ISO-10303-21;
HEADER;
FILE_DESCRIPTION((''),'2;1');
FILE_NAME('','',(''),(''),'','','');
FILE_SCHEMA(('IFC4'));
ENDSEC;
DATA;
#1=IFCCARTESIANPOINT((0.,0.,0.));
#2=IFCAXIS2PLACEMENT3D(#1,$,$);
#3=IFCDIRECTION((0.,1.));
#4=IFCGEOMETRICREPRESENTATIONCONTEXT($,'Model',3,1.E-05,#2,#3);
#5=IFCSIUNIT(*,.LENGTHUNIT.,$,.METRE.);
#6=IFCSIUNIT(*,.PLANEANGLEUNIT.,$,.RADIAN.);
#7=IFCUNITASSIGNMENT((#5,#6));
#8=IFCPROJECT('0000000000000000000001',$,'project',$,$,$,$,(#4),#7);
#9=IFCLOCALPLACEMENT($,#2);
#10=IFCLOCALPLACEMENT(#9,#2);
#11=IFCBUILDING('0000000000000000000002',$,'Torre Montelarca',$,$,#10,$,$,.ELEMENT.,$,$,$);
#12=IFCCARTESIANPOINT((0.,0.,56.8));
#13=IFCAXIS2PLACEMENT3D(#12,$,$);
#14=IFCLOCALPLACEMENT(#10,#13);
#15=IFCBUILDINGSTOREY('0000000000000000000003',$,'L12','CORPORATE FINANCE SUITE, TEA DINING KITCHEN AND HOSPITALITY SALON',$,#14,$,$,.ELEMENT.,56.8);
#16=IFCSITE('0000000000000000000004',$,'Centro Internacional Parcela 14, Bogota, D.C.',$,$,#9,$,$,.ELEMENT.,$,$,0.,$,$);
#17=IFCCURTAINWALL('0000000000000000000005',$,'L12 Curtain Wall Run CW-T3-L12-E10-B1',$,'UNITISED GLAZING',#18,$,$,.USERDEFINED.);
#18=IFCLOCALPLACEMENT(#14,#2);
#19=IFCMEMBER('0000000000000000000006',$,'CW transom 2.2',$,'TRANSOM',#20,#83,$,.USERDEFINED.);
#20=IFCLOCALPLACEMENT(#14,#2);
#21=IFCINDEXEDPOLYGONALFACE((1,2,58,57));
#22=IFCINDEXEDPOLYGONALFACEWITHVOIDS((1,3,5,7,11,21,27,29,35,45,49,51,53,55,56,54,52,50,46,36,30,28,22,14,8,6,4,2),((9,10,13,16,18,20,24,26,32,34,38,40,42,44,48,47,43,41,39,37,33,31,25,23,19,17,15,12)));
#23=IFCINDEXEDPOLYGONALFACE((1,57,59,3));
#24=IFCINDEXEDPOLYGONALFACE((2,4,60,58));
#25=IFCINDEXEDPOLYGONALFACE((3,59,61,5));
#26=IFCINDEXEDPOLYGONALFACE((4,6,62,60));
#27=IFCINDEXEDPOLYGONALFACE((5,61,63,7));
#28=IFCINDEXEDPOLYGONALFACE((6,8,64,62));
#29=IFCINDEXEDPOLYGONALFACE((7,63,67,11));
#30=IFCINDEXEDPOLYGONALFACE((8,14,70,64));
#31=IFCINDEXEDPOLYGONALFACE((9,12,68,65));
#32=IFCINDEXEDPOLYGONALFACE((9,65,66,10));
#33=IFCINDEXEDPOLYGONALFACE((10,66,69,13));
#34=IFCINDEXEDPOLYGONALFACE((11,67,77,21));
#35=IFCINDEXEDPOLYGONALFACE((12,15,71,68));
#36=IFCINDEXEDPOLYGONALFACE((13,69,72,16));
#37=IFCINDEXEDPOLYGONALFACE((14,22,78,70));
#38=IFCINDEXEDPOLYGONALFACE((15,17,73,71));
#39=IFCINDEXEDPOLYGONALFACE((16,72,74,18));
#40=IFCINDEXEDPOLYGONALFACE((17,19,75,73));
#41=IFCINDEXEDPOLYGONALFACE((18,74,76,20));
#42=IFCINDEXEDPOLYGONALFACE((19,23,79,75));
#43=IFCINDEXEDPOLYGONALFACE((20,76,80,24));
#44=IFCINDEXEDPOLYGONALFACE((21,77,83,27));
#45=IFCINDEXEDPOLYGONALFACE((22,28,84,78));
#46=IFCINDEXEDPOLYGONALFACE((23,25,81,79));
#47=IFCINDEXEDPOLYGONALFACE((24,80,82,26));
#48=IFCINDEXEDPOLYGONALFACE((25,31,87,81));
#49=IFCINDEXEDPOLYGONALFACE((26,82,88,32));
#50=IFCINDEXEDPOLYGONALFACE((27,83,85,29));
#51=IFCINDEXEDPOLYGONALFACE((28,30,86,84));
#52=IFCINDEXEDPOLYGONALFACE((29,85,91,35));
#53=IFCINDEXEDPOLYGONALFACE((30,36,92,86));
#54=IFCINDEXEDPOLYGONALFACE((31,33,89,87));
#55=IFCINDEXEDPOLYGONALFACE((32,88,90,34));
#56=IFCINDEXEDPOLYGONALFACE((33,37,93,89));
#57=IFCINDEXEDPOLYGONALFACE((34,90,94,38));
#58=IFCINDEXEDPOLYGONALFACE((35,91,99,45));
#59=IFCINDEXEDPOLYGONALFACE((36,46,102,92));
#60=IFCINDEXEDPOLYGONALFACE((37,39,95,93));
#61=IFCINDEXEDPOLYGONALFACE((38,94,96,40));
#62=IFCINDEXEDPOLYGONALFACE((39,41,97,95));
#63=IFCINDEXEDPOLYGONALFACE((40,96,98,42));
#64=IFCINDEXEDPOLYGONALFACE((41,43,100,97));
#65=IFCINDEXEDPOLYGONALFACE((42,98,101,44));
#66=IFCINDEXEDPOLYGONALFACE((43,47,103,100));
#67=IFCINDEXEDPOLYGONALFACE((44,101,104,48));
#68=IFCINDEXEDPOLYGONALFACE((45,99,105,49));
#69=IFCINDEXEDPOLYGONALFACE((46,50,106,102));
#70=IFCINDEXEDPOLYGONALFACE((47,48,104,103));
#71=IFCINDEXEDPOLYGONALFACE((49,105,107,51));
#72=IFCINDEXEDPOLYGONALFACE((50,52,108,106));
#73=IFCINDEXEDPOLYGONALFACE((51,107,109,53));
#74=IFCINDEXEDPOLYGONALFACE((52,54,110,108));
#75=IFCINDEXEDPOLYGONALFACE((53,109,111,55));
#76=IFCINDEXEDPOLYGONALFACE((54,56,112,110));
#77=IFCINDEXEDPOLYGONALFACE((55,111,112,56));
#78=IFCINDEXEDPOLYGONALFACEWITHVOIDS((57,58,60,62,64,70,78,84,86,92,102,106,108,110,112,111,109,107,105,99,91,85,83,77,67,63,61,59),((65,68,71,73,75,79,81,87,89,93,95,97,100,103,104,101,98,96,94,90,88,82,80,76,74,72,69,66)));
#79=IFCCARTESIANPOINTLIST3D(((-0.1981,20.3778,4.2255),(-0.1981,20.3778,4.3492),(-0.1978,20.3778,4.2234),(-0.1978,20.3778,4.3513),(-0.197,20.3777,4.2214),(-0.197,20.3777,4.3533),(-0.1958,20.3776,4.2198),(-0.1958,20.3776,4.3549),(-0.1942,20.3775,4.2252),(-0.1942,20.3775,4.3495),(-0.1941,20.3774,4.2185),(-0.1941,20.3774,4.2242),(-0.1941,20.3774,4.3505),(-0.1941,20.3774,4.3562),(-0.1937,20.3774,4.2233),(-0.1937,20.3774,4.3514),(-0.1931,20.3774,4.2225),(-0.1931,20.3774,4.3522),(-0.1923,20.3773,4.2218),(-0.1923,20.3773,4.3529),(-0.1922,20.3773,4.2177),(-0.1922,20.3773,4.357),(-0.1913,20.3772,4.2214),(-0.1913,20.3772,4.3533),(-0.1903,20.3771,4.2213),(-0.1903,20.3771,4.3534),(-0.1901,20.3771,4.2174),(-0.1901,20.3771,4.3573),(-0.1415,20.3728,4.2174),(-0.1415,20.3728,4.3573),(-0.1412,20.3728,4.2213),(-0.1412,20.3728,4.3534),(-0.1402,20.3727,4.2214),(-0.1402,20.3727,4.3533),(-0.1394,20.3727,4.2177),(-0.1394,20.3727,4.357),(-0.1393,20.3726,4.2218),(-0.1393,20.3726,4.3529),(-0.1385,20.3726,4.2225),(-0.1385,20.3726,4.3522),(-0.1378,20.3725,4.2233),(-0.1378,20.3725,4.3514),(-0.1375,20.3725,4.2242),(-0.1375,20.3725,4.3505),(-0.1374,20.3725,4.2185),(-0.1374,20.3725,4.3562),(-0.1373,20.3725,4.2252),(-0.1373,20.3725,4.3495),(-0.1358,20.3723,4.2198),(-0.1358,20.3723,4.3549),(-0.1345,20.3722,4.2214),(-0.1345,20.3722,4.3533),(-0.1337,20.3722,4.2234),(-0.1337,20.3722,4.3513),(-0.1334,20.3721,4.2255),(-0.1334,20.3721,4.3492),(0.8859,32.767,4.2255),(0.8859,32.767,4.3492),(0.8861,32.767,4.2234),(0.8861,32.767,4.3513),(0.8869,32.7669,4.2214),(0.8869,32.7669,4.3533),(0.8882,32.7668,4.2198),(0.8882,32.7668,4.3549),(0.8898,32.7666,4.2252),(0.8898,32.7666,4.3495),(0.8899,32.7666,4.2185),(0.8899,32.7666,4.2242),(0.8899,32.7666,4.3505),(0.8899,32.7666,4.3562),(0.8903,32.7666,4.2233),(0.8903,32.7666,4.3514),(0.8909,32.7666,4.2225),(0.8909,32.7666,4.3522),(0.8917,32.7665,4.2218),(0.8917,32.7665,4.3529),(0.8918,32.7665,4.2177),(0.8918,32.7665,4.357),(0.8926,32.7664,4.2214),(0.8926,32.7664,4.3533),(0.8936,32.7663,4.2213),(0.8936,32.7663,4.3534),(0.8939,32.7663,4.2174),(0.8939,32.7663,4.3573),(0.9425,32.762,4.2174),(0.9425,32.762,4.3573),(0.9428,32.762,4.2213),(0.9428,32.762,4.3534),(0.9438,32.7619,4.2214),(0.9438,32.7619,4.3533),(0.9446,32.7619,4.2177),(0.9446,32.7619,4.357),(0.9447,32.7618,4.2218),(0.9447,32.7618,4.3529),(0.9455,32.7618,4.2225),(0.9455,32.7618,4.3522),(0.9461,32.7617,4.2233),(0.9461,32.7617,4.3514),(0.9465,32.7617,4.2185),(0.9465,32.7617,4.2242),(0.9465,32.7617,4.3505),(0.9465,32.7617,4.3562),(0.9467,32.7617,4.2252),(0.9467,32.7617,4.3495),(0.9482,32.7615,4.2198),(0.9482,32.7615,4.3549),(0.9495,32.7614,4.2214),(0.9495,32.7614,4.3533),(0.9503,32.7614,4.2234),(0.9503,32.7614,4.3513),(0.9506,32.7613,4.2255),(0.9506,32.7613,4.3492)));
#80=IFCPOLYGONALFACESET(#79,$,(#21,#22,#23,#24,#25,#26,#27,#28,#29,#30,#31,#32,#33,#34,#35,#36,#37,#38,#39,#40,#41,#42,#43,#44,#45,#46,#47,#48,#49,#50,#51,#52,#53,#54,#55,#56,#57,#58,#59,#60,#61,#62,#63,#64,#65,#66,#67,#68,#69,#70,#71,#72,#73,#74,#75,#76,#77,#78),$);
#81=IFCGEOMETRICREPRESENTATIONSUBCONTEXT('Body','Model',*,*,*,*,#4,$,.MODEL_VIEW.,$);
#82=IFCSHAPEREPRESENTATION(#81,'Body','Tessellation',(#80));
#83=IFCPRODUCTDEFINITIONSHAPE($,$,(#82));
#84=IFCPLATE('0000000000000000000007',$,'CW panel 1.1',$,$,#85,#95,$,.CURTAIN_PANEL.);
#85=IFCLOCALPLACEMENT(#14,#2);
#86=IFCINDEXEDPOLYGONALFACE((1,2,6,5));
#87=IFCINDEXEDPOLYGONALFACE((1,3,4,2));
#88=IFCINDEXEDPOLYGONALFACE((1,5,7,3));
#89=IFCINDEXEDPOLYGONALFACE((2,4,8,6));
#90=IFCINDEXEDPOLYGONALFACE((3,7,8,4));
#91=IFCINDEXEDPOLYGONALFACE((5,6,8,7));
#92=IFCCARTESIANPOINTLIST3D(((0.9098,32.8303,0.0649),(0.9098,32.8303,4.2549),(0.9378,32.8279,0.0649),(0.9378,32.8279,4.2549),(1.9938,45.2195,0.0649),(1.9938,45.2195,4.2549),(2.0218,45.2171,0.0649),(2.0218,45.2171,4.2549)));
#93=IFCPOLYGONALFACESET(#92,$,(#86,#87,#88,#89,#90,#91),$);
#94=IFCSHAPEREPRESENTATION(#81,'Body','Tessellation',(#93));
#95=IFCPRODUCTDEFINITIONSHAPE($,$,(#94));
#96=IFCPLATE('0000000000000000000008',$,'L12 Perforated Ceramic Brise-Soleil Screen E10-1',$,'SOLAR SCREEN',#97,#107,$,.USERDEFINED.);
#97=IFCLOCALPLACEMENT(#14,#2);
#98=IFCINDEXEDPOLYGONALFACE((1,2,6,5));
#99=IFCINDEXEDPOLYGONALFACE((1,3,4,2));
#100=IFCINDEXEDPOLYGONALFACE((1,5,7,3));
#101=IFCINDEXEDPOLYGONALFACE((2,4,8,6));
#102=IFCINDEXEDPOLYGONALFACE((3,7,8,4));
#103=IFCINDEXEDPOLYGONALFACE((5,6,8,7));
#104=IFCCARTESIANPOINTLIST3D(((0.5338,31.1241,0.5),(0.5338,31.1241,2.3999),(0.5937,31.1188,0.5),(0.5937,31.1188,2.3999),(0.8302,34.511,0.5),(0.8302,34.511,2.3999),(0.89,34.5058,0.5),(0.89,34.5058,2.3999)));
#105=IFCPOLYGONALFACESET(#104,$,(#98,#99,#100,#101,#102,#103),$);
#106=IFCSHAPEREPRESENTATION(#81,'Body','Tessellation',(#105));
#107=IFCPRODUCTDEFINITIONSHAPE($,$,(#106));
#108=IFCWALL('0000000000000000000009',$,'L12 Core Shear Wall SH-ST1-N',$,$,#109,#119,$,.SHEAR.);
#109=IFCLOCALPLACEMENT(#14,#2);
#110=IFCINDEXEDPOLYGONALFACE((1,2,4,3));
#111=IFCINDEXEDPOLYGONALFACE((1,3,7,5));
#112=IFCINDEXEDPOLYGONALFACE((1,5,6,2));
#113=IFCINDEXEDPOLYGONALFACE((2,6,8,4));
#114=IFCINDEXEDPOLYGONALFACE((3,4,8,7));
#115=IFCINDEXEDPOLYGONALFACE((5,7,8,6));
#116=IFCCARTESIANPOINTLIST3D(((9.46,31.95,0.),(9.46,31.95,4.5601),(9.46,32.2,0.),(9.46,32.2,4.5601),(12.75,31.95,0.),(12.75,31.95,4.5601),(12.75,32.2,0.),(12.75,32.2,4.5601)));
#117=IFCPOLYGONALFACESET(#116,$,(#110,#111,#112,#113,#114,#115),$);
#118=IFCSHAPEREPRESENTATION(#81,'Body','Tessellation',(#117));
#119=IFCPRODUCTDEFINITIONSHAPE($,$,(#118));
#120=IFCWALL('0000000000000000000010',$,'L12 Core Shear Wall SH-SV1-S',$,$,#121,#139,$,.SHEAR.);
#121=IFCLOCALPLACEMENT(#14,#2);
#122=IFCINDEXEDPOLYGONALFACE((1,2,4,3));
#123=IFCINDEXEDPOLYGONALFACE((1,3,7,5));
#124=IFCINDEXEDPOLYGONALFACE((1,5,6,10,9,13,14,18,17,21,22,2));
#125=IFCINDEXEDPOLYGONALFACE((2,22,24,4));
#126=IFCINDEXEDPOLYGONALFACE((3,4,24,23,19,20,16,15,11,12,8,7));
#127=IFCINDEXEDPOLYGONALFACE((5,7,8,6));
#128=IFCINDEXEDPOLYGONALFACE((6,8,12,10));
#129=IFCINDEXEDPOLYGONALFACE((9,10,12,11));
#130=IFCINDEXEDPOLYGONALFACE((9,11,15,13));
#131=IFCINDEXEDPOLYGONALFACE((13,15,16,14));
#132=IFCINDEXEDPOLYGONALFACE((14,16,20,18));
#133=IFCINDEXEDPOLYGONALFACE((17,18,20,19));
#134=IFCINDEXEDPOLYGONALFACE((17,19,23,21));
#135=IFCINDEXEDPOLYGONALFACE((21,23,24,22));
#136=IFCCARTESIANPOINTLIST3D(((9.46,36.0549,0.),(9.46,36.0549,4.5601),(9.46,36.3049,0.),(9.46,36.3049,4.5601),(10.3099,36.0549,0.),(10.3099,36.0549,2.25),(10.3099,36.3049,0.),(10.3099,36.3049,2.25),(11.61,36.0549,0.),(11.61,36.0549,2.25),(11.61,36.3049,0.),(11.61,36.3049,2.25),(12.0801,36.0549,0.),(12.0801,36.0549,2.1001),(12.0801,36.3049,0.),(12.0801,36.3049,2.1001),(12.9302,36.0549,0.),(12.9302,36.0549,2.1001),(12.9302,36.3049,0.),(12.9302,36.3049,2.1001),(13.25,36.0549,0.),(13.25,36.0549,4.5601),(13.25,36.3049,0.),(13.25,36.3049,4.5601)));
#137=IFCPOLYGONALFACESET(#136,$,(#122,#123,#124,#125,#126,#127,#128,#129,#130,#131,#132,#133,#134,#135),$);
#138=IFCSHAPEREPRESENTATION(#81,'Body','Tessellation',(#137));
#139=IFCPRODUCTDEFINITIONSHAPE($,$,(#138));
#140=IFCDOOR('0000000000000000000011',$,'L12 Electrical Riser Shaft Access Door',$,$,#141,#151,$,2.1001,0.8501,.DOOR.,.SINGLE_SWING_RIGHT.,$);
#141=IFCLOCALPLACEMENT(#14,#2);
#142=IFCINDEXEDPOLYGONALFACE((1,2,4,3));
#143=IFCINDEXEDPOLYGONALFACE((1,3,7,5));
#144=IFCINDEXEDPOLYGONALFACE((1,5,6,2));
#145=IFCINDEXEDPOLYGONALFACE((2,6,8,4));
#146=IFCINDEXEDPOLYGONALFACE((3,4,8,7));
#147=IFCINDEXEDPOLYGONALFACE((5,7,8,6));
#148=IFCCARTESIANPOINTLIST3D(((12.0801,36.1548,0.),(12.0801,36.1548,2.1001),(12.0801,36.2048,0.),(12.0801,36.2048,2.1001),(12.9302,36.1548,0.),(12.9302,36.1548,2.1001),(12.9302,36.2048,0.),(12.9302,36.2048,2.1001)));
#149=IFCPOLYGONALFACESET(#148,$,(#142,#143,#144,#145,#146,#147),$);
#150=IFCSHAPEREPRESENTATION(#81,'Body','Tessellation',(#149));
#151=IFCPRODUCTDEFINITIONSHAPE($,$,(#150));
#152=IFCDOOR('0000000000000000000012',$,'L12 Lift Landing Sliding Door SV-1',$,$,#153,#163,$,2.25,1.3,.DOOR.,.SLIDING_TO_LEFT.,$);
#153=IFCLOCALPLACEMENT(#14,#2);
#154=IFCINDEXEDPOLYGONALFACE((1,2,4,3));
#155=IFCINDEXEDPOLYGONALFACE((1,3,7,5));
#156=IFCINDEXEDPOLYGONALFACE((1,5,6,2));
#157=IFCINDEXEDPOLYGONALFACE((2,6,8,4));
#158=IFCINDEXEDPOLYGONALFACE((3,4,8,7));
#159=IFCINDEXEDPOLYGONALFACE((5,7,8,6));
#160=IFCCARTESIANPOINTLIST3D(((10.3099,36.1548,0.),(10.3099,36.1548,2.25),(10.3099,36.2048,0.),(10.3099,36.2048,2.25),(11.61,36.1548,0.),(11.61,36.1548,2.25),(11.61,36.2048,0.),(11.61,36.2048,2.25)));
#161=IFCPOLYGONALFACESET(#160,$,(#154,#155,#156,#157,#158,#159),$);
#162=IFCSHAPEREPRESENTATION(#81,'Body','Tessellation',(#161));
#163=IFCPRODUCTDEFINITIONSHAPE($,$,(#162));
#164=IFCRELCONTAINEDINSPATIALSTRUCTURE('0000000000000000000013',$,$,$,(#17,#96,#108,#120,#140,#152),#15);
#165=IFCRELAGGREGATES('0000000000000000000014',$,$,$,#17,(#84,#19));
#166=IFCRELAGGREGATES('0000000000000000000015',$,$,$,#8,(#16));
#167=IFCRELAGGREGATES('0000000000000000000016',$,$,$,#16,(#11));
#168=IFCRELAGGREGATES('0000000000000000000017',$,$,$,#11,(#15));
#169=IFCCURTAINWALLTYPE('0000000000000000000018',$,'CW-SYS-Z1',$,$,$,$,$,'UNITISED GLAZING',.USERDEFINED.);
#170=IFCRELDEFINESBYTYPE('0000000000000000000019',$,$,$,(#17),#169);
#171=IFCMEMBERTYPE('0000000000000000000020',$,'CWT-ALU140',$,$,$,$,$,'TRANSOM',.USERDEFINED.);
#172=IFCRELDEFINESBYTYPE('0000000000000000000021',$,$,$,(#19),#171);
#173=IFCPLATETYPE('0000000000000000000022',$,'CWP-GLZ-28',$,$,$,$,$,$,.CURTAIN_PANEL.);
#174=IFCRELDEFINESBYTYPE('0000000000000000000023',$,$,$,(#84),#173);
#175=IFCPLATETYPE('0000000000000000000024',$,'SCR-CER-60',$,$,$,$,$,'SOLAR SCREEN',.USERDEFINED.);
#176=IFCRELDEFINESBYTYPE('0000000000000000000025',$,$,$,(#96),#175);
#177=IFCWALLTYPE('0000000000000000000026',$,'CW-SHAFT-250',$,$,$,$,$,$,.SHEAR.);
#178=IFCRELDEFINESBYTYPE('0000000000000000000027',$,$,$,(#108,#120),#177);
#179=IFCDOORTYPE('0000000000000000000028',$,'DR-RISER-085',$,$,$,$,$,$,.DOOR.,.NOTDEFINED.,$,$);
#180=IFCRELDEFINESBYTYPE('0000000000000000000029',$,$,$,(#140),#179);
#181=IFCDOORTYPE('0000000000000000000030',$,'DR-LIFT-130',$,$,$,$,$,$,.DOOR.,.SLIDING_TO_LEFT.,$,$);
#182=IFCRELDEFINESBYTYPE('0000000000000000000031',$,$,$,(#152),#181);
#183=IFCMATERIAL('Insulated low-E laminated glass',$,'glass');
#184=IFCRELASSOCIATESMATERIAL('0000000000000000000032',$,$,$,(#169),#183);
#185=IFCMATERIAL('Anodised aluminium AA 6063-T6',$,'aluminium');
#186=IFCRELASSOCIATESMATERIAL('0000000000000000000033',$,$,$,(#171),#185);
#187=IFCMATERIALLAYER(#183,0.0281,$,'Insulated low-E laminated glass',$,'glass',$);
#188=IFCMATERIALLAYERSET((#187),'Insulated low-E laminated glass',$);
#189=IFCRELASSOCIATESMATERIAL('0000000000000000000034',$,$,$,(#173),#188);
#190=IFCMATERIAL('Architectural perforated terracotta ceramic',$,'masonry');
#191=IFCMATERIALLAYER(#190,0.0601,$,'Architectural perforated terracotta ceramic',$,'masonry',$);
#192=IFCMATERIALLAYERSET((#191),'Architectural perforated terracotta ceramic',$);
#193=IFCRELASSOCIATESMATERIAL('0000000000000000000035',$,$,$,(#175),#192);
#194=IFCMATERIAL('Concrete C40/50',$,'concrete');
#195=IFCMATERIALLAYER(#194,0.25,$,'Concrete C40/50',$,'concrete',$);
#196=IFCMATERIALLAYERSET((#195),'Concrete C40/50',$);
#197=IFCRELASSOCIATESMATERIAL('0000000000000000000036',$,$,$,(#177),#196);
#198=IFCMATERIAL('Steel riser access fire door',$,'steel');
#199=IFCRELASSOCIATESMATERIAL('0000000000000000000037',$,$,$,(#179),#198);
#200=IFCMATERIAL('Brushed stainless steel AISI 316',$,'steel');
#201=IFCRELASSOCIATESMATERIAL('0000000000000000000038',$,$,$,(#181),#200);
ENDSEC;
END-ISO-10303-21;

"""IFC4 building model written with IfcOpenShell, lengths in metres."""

from ifc_helpers import new_model, si_unit, direction, frame, frame_2d, origin, origin_2d, place, context, subcontext, project, spatial, rectangle, hollow_rectangle, extrude, source, transform, mapped, material, layer, layer_set, material_profile, profile_set, type_object, element, fill, aggregate, save


model = new_model("IFC4")

# Units and contexts
model_context = context("Model", 3, precision=1e-05, world=origin(), true_north=direction((0.0, 1.0)))
body_context = subcontext(model_context, "Body", "Model", "MODEL_VIEW")
ifc_project = project(units=[si_unit("LENGTHUNIT", "METRE"), si_unit("PLANEANGLEUNIT", "RADIAN")], contexts=[model_context])

# Site, building, storey
site_placement = place(None, origin())
site = spatial("IfcSite", under=ifc_project, at=site_placement, Name="Centro Internacional Parcela 14, Bogota, D.C.", CompositionType="ELEMENT", RefElevation=0.0)
building_placement = place(site_placement, origin())
building = spatial("IfcBuilding", under=site, at=building_placement, Name="Torre Montelarca", CompositionType="ELEMENT")
storey_placement = place(building_placement, frame((0.0, 0.0, 56.8)))
storey = spatial("IfcBuildingStorey", under=building, at=storey_placement, Name="L12", Description="CORPORATE FINANCE SUITE, TEA DINING KITCHEN AND HOSPITALITY SALON", CompositionType="ELEMENT", Elevation=56.8)

# Curtain wall, member, plate
ifc_material_1 = material(Name="Insulated low-E laminated glass", Category="glass")
curtain_wall_type = type_object("IfcCurtainWallType", Name="CW-SYS-Z1", ElementType="UNITISED GLAZING", PredefinedType="USERDEFINED", material=ifc_material_1)
curtain_wall_placement = place(storey_placement, origin())
curtain_wall = element("IfcCurtainWall", 1, at=curtain_wall_placement, inside=storey, type_object=curtain_wall_type, Name="L12 Curtain Wall Run CW-T3-L12-E10-B1", ObjectType="UNITISED GLAZING", PredefinedType="USERDEFINED")
ifc_material_2 = material(Name="Anodised aluminium AA 6063-T6", Category="aluminium")
ifc_material_profile_1 = material_profile(ifc_material_2, hollow_rectangle(XDim=0.0649, YDim=0.1399, WallThickness=0.0039, InnerFilletRadius=0.0039, OuterFilletRadius=0.0081, at=origin_2d()), Name="ALU65X140X4", Category="aluminium")
ifc_profile_set_1 = profile_set([ifc_material_profile_1], Name="Anodised aluminium AA 6063-T6")
member_type_1 = type_object("IfcMemberType", Name="CWT-ALU140", ElementType="TRANSOM", PredefinedType="USERDEFINED", material=ifc_profile_set_1)
shared_shape_1 = source(origin(), body_context, "Body", "SweptSolid", [
    extrude(hollow_rectangle(XDim=0.0649, YDim=0.1399, WallThickness=0.0039, InnerFilletRadius=0.0039, OuterFilletRadius=0.0081, at=origin_2d()), origin(), (0.0, 0.0, 1.0), 12.4365),
])
member_1_placement = place(storey_placement, frame((0.9182, 32.7642, 4.2874), z_axis=(-0.087162, -0.996194, 0.0), x_axis=(0.996194, -0.087162, 0.0)))
member_1 = element("IfcMember", 2, at=member_1_placement, type_object=member_type_1, Name="CW transom 2.2", ObjectType="TRANSOM", PredefinedType="USERDEFINED", context=body_context, shape_type="MappedRepresentation", body=[
    mapped(shared_shape_1, transform((0.0, 0.0, 0.0), scale=1.0)),
])
ifc_layer_1 = layer(ifc_material_1, 0.0281, Name="Insulated low-E laminated glass", Category="glass")
ifc_layer_set_1 = layer_set([ifc_layer_1], Name="Insulated low-E laminated glass")
plate_type_1 = type_object("IfcPlateType", Name="CWP-GLZ-28", PredefinedType="CURTAIN_PANEL", material=ifc_layer_set_1)
shared_shape_2 = source(origin(), body_context, "Body", "SweptSolid", [
    extrude(rectangle(XDim=12.4365, YDim=0.0281, at=origin_2d()), origin(), (0.0, 0.0, 1.0), 4.1899),
])
plate_1_placement = place(storey_placement, frame((1.4658, 39.0237, 0.0649), z_axis=(0.0, 0.0, 1.0), x_axis=(-0.087162, -0.996194, 0.0)))
plate_1 = element("IfcPlate", 3, at=plate_1_placement, type_object=plate_type_1, Name="CW panel 1.1", PredefinedType="CURTAIN_PANEL", context=body_context, shape_type="MappedRepresentation", body=[
    mapped(shared_shape_2, transform((0.0, 0.0, 0.0), scale=1.0)),
])
aggregate(curtain_wall, [plate_1, member_1])

# Plate
ifc_material_3 = material(Name="Architectural perforated terracotta ceramic", Category="masonry")
ifc_layer_2 = layer(ifc_material_3, 0.0601, Name="Architectural perforated terracotta ceramic", Category="masonry")
ifc_layer_set_2 = layer_set([ifc_layer_2], Name="Architectural perforated terracotta ceramic")
plate_type_2 = type_object("IfcPlateType", Name="SCR-CER-60", ElementType="SOLAR SCREEN", PredefinedType="USERDEFINED", material=ifc_layer_set_2)
shared_shape_3 = source(origin(), body_context, "Body", "SweptSolid", [
    extrude(rectangle(XDim=3.3999, YDim=0.0601, at=origin_2d()), origin(), (0.0, 0.0, 1.0), 1.8999),
])
plate_2_placement = place(storey_placement, frame((0.7119, 32.8149, 0.5), z_axis=(0.0, 0.0, 1.0), x_axis=(-0.087157, -0.996195, 0.0)))
element("IfcPlate", 4, at=plate_2_placement, inside=storey, type_object=plate_type_2, Name="L12 Perforated Ceramic Brise-Soleil Screen E10-1", ObjectType="SOLAR SCREEN", PredefinedType="USERDEFINED", context=body_context, shape_type="MappedRepresentation", body=[
    mapped(shared_shape_3, transform((0.0, 0.0, 0.0), scale=1.0)),
])

# Wall
ifc_material_4 = material(Name="Concrete C40/50", Category="concrete")
ifc_layer_3 = layer(ifc_material_4, 0.25, Name="Concrete C40/50", Category="concrete")
ifc_layer_set_3 = layer_set([ifc_layer_3], Name="Concrete C40/50")
wall_type_1 = type_object("IfcWallType", Name="CW-SHAFT-250", PredefinedType="SHEAR", material=ifc_layer_set_3)
wall_1_placement = place(storey_placement, frame((9.46, 32.075, 0.0), z_axis=(0.0, 0.0, 1.0), x_axis=(1.0, 0.0, 0.0)))
element("IfcWall", 5, at=wall_1_placement, inside=storey, type_object=wall_type_1, Name="L12 Core Shear Wall SH-ST1-N", PredefinedType="SHEAR", context=body_context, shape_type="SweptSolid", body=[
    extrude(rectangle(XDim=3.29, YDim=0.25, at=frame_2d((1.645, 0.0))), origin(), (0.0, 0.0, 1.0), 4.5601),
])

# Wall, openings, doors
wall_2_placement = place(storey_placement, frame((9.46, 36.1799, 0.0), z_axis=(0.0, 0.0, 1.0), x_axis=(1.0, 0.0, 0.0)))
wall_2 = element("IfcWall", 6, at=wall_2_placement, inside=storey, type_object=wall_type_1, Name="L12 Core Shear Wall SH-SV1-S", PredefinedType="SHEAR", context=body_context, shape_type="SweptSolid", body=[
    extrude(rectangle(XDim=3.79, YDim=0.25, at=frame_2d((1.895, 0.0))), origin(), (0.0, 0.0, 1.0), 4.5601),
])
opening_1_placement = place(wall_2_placement, frame((2.6201, 0.0, 0.0)))
opening_1 = element("IfcOpeningElement", 7, at=opening_1_placement, cuts=wall_2, PredefinedType="OPENING", context=body_context, shape_type="SweptSolid", body=[
    extrude(rectangle(XDim=0.8501, YDim=2.1001, at=frame_2d((0.425, 1.05))), frame((0.0, 0.135, 0.0), z_axis=(0.0, -1.0, 0.0), x_axis=(1.0, 0.0, 0.0)), (0.0, 0.0, 1.0), 0.27),
])
opening_2_placement = place(wall_2_placement, frame((0.8501, 0.0, 0.0)))
opening_2 = element("IfcOpeningElement", 8, at=opening_2_placement, cuts=wall_2, PredefinedType="OPENING", context=body_context, shape_type="SweptSolid", body=[
    extrude(rectangle(XDim=1.3, YDim=2.25, at=frame_2d((0.6499, 1.125))), frame((0.0, 0.135, 0.0), z_axis=(0.0, -1.0, 0.0), x_axis=(1.0, 0.0, 0.0)), (0.0, 0.0, 1.0), 0.27),
])
ifc_material_5 = material(Name="Steel riser access fire door", Category="steel")
door_type_1 = type_object("IfcDoorType", Name="DR-RISER-085", OperationType="NOTDEFINED", PredefinedType="DOOR", material=ifc_material_5)
shared_shape_4 = source(origin(), body_context, "Body", "SweptSolid", [
    extrude(rectangle(XDim=0.8501, YDim=2.1001, at=frame_2d((0.425, 1.05))), frame((0.0, 0.0249, 0.0), z_axis=(0.0, -1.0, 0.0), x_axis=(1.0, 0.0, 0.0)), (0.0, 0.0, 1.0), 0.05),
])
door_1_placement = place(opening_1_placement, origin())
door_1 = element("IfcDoor", 9, at=door_1_placement, inside=storey, type_object=door_type_1, Name="L12 Electrical Riser Shaft Access Door", OperationType="SINGLE_SWING_RIGHT", OverallHeight=2.1001, OverallWidth=0.8501, PredefinedType="DOOR", context=body_context, shape_type="MappedRepresentation", body=[
    mapped(shared_shape_4, transform((0.0, 0.0, 0.0), scale=1.0)),
])
fill(opening_1, door_1)
ifc_material_6 = material(Name="Brushed stainless steel AISI 316", Category="steel")
door_type_2 = type_object("IfcDoorType", Name="DR-LIFT-130", OperationType="SLIDING_TO_LEFT", PredefinedType="DOOR", material=ifc_material_6)
shared_shape_5 = source(origin(), body_context, "Body", "SweptSolid", [
    extrude(rectangle(XDim=1.3, YDim=2.25, at=frame_2d((0.6499, 1.125))), frame((0.0, 0.0249, 0.0), z_axis=(0.0, -1.0, 0.0), x_axis=(1.0, 0.0, 0.0)), (0.0, 0.0, 1.0), 0.05),
])
door_2_placement = place(opening_2_placement, origin())
door_2 = element("IfcDoor", 10, at=door_2_placement, inside=storey, type_object=door_type_2, Name="L12 Lift Landing Sliding Door SV-1", OperationType="SLIDING_TO_LEFT", OverallHeight=2.25, OverallWidth=1.3, PredefinedType="DOOR", context=body_context, shape_type="MappedRepresentation", body=[
    mapped(shared_shape_5, transform((0.0, 0.0, 0.0), scale=1.0)),
])
fill(opening_2, door_2)

save(model, "model.ifc")
